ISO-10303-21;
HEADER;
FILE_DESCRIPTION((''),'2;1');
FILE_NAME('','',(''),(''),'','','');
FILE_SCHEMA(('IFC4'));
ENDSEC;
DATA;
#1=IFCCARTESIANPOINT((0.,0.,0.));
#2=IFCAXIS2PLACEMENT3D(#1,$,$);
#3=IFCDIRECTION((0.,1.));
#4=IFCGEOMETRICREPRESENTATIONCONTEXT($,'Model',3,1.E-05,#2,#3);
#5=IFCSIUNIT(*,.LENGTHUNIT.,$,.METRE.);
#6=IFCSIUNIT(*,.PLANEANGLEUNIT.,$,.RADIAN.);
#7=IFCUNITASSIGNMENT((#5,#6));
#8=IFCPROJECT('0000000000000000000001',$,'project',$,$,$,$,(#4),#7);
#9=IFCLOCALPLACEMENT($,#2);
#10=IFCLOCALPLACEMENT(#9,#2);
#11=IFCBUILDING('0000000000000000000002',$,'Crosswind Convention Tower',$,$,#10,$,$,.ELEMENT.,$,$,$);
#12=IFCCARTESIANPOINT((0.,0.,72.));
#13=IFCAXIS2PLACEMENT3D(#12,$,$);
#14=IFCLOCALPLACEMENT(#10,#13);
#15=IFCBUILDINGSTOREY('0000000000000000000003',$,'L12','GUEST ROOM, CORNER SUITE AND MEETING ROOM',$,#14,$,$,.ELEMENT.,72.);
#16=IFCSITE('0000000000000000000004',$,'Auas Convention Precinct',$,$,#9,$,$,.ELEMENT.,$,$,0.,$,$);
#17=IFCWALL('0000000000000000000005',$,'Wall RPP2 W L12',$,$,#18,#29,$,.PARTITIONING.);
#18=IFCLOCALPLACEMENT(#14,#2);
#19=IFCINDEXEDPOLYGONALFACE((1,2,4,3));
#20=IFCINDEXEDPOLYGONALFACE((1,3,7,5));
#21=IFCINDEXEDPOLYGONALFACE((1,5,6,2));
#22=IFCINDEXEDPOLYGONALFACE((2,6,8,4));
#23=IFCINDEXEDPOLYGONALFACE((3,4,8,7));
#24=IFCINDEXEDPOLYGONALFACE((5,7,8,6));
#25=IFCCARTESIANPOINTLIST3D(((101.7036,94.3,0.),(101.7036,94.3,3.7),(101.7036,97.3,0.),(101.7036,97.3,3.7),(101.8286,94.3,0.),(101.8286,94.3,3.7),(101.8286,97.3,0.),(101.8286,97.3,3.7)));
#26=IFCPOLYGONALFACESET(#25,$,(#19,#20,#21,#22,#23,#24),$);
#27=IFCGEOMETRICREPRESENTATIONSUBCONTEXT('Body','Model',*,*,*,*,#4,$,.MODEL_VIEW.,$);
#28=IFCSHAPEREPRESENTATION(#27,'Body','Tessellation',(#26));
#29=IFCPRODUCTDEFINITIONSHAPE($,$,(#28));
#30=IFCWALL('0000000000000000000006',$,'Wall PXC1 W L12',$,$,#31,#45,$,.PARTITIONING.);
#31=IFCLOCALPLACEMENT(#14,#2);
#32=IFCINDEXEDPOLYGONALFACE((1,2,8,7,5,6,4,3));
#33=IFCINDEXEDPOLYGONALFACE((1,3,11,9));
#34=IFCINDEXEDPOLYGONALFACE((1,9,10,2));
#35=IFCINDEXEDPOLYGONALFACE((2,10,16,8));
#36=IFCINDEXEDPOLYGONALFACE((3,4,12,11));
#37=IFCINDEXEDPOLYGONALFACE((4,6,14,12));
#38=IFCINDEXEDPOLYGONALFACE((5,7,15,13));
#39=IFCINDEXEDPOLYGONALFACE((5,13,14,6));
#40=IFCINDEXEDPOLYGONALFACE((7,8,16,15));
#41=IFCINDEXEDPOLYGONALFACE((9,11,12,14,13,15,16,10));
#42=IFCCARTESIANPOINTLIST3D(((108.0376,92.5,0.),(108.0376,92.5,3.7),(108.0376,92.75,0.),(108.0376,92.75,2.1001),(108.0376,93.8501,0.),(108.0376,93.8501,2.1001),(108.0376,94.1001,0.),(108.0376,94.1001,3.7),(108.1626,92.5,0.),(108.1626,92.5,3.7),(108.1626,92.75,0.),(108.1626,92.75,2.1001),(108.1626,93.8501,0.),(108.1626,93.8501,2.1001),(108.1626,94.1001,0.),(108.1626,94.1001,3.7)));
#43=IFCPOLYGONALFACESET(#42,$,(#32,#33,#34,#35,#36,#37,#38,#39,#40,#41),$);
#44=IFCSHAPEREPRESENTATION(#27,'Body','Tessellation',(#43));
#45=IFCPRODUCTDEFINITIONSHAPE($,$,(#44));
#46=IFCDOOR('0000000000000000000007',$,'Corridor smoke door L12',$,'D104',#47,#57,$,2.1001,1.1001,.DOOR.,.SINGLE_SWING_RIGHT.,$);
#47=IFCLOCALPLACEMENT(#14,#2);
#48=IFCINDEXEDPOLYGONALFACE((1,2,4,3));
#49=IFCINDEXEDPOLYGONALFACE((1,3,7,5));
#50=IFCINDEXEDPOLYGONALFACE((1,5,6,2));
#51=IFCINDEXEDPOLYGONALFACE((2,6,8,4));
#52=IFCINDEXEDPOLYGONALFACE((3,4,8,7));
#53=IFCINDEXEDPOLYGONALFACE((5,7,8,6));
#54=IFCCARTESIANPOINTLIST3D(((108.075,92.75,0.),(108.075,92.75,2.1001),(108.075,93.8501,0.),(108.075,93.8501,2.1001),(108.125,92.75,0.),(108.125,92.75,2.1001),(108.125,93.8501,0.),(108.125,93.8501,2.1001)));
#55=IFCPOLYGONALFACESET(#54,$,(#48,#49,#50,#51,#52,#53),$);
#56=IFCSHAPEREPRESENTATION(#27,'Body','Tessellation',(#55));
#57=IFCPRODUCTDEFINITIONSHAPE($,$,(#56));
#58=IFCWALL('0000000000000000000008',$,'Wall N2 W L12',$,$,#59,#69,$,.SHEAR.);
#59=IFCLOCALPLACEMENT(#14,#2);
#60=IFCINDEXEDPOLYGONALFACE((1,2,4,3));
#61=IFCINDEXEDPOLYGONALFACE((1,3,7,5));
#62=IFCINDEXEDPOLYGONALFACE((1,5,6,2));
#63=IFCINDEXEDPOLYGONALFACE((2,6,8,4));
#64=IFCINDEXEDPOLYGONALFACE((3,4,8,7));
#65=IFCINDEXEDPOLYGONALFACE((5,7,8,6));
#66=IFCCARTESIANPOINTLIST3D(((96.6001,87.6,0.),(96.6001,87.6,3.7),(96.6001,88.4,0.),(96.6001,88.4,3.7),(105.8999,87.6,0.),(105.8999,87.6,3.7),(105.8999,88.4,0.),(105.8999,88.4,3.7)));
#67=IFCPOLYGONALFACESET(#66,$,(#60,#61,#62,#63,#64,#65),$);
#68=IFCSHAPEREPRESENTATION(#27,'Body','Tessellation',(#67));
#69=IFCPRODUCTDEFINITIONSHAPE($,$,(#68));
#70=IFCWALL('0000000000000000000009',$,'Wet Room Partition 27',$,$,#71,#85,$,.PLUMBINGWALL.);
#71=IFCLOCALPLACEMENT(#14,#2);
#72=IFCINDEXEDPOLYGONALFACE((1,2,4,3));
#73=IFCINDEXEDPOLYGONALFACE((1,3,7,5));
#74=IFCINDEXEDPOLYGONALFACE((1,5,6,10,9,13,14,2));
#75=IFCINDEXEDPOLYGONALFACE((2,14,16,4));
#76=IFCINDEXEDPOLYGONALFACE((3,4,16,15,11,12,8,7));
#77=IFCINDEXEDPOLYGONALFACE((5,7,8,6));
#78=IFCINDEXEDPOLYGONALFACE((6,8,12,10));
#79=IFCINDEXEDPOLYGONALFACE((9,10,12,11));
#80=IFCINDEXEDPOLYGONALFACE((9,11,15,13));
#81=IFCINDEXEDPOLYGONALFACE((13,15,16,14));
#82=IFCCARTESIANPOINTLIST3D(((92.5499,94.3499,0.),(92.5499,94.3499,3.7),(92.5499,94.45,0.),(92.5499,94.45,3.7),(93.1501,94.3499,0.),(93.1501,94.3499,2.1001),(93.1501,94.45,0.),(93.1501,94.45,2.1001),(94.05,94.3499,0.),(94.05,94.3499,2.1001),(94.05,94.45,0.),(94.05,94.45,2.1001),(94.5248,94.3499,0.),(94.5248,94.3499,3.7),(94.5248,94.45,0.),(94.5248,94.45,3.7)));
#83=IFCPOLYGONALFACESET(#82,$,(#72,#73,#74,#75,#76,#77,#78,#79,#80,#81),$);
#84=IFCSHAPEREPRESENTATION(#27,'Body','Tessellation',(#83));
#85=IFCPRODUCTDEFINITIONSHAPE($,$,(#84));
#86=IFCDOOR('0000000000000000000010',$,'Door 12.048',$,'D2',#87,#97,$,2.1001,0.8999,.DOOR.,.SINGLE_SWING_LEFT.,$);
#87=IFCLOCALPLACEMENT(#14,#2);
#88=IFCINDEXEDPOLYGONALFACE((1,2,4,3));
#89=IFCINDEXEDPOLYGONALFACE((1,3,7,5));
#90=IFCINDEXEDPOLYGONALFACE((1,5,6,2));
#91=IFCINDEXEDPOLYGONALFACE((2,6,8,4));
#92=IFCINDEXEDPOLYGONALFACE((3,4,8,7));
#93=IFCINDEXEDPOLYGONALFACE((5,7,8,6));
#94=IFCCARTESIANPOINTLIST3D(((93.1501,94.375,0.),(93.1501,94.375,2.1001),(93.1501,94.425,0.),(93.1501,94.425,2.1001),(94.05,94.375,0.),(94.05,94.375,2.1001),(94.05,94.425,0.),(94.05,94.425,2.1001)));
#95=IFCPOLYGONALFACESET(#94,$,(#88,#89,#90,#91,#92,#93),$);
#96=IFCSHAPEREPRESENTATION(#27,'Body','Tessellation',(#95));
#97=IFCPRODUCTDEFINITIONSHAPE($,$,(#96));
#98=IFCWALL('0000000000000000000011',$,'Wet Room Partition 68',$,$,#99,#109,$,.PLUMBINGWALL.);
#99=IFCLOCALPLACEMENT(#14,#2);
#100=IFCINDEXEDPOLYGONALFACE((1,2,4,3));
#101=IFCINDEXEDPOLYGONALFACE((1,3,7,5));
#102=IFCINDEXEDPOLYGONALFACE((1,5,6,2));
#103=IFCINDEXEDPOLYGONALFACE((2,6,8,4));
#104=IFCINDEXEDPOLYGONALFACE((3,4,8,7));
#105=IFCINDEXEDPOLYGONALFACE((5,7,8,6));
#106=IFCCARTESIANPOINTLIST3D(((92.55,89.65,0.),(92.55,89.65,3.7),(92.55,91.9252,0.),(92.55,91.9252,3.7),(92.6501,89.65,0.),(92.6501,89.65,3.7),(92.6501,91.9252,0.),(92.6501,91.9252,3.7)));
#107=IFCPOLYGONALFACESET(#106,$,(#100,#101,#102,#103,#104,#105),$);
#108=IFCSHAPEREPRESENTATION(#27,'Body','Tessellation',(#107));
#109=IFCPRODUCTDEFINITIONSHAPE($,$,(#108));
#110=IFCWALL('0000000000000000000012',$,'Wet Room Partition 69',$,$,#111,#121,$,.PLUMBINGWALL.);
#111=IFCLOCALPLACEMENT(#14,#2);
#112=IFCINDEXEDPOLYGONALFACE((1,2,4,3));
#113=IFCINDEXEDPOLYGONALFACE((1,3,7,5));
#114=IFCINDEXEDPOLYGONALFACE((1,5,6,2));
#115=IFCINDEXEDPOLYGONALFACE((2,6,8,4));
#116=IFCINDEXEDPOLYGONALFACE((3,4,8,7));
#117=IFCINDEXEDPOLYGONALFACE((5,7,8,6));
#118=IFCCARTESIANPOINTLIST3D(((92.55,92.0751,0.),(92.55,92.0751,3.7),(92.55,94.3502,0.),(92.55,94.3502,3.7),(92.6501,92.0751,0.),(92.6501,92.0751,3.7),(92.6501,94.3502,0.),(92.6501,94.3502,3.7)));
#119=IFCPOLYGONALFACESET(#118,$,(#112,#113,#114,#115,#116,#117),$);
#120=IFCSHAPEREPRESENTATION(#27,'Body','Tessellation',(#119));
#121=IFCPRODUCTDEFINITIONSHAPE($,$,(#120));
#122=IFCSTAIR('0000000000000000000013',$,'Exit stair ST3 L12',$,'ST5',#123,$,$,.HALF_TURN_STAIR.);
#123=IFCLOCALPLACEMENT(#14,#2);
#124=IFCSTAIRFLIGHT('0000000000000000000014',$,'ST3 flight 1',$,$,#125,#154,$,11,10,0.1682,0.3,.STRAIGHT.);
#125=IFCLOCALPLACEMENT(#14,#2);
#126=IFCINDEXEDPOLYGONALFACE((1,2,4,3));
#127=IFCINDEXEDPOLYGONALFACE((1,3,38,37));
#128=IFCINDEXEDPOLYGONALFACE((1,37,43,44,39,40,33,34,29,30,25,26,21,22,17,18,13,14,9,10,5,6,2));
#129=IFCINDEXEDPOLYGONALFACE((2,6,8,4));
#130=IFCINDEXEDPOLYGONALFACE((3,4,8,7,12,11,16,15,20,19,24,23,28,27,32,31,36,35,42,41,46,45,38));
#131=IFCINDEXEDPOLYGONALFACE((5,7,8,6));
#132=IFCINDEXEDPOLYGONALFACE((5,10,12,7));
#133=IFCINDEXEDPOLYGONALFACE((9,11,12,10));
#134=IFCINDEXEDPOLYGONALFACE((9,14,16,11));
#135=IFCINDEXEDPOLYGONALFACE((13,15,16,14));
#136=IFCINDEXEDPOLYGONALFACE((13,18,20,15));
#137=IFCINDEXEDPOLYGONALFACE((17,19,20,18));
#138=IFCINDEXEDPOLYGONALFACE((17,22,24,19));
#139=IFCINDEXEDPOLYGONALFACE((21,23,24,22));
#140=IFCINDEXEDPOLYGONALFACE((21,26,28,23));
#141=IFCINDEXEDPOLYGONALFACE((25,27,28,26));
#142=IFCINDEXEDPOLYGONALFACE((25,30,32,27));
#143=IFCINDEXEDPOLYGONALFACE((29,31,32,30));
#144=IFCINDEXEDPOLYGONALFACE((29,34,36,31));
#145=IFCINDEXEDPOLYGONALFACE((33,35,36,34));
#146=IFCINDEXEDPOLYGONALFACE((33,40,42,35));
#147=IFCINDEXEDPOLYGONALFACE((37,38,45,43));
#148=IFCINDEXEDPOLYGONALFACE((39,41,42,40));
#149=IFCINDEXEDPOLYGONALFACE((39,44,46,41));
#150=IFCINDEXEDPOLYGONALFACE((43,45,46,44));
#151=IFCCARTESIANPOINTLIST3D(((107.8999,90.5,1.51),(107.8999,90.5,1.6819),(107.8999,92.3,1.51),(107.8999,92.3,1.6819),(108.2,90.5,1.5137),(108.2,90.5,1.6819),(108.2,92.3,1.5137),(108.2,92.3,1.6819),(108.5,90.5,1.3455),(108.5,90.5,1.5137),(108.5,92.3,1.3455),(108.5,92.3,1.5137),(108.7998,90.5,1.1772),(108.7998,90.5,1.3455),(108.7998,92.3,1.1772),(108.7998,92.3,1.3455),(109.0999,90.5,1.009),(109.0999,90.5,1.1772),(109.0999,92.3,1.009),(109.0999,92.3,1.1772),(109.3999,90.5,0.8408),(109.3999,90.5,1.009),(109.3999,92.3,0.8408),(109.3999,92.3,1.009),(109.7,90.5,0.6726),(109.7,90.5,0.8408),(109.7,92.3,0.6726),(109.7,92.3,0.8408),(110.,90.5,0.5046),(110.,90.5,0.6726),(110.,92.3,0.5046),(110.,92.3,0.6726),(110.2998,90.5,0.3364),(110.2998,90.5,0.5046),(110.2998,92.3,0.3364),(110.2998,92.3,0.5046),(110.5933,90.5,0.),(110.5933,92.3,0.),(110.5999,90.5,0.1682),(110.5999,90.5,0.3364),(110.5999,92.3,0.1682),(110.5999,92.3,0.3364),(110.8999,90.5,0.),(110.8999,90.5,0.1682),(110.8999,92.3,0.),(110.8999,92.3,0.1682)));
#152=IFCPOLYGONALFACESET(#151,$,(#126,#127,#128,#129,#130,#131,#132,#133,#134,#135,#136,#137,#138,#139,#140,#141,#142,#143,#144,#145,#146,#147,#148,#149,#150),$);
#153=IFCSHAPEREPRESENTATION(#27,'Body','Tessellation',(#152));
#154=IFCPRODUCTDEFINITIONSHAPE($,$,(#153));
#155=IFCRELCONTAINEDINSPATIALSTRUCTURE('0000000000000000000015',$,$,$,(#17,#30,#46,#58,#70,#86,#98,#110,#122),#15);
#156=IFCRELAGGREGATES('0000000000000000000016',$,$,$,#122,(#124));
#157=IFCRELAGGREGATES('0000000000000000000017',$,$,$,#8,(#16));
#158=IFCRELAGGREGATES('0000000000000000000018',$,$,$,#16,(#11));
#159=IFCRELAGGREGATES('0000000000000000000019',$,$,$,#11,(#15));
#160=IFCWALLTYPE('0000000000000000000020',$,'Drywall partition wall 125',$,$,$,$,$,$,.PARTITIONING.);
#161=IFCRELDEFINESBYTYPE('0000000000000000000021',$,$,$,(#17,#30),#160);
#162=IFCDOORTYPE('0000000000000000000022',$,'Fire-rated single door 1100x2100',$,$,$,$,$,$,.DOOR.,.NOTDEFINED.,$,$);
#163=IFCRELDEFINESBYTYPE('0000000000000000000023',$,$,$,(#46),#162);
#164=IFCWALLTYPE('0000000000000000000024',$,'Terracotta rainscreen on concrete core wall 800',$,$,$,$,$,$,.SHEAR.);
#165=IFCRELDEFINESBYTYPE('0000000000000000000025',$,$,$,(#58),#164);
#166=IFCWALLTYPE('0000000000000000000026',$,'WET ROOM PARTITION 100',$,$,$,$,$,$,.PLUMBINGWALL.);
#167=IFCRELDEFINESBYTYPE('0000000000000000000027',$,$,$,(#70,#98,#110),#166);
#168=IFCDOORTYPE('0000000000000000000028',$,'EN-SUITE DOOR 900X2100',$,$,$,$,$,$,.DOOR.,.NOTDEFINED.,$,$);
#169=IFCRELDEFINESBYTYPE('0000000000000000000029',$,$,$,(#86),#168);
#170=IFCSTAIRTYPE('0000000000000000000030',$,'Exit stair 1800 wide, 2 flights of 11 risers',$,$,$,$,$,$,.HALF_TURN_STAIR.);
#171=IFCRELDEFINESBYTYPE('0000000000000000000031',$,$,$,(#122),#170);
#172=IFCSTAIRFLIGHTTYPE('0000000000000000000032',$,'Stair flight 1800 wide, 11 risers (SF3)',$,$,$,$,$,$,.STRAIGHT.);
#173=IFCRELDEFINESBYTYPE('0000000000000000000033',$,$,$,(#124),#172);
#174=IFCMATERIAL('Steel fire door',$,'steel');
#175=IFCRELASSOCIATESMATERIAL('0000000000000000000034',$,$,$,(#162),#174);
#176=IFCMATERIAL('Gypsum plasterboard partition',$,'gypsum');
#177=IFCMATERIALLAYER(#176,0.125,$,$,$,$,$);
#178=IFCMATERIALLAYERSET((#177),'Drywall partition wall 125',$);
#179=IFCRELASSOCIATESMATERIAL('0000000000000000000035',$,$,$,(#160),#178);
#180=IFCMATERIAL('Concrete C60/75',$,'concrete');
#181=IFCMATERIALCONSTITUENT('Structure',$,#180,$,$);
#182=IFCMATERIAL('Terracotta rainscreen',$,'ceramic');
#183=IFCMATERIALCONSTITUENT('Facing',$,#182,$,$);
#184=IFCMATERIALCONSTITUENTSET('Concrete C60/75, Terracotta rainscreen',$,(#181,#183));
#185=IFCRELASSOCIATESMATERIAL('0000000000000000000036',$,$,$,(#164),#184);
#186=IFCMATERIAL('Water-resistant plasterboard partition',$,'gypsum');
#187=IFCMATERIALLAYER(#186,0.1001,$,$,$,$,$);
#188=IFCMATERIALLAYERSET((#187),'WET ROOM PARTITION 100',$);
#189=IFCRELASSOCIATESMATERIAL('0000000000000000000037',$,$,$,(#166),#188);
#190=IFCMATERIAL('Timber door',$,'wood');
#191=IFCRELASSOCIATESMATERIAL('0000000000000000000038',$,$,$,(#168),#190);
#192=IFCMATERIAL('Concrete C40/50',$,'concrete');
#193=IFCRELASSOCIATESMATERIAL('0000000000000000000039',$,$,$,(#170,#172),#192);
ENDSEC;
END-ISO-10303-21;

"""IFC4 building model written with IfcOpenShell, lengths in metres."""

from ifc_helpers import new_model, si_unit, direction, frame, frame_2d, origin, place, context, subcontext, project, spatial, polyline, rectangle, outline, extrude, material, layer, layer_set, constituent, constituent_set, type_object, element, fill, aggregate, save


model = new_model("IFC4")

# Units and contexts
model_context = context("Model", 3, precision=1e-05, world=origin(), true_north=direction((0.0, 1.0)))
body_context = subcontext(model_context, "Body", "Model", "MODEL_VIEW")
ifc_project = project(units=[si_unit("LENGTHUNIT", "METRE"), si_unit("PLANEANGLEUNIT", "RADIAN")], contexts=[model_context])

# Site, building, storey
site_placement = place(None, origin())
site = spatial("IfcSite", under=ifc_project, at=site_placement, Name="Auas Convention Precinct", CompositionType="ELEMENT", RefElevation=0.0)
building_placement = place(site_placement, origin())
building = spatial("IfcBuilding", under=site, at=building_placement, Name="Crosswind Convention Tower", CompositionType="ELEMENT")
storey_placement = place(building_placement, frame((0.0, 0.0, 72.0)))
storey = spatial("IfcBuildingStorey", under=building, at=storey_placement, Name="L12", Description="GUEST ROOM, CORNER SUITE AND MEETING ROOM", CompositionType="ELEMENT", Elevation=72.0)

# Shared definitions
ifc_material_1 = material(Name="Steel fire door", Category="steel")
door_type_1 = type_object("IfcDoorType", Name="Fire-rated single door 1100x2100", OperationType="NOTDEFINED", PredefinedType="DOOR", material=ifc_material_1)
ifc_material_2 = material(Name="Timber door", Category="wood")

# Wall
ifc_material_3 = material(Name="Gypsum plasterboard partition", Category="gypsum")
ifc_layer_1 = layer(ifc_material_3, 0.125)
ifc_layer_set_1 = layer_set([ifc_layer_1], Name="Drywall partition wall 125")
wall_type_1 = type_object("IfcWallType", Name="Drywall partition wall 125", PredefinedType="PARTITIONING", material=ifc_layer_set_1)
for number, where, z_axis, x_axis, name in (
    (1, (101.7661, 97.3, 0.0), (0.0, 0.0, 1.0), (0.0, -1.0, 0.0), "Wall RPP2 W L12"),
):
    element("IfcWall", number, at=place(storey_placement, frame(where, z_axis=z_axis, x_axis=x_axis)), inside=storey, type_object=wall_type_1, Name=name, PredefinedType="PARTITIONING", context=body_context, shape_type="SweptSolid", body=[
        extrude(rectangle(XDim=3.0, YDim=0.125, at=frame_2d((1.5, 0.0))), origin(), (0.0, 0.0, 1.0), 3.7),
    ])

# Wall, opening, door
wall_1_placement = place(storey_placement, frame((108.1001, 94.1001, 0.0), z_axis=(0.0, 0.0, 1.0), x_axis=(0.0, -1.0, 0.0)))
wall_1 = element("IfcWall", 2, at=wall_1_placement, inside=storey, type_object=wall_type_1, Name="Wall PXC1 W L12", PredefinedType="PARTITIONING", context=body_context, shape_type="SweptSolid", body=[
    extrude(rectangle(XDim=1.6001, YDim=0.125, at=frame_2d((0.8, 0.0))), origin(), (0.0, 0.0, 1.0), 3.7),
])
opening_1_placement = place(wall_1_placement, frame((0.25, 0.0, 0.0)))
opening_1 = element("IfcOpeningElement", 3, at=opening_1_placement, cuts=wall_1, PredefinedType="OPENING", context=body_context, shape_type="SweptSolid", body=[
    extrude(rectangle(XDim=1.1001, YDim=2.1001, at=frame_2d((0.55, 1.05))), frame((0.0, 0.0725, 0.0), z_axis=(0.0, -1.0, 0.0), x_axis=(1.0, 0.0, 0.0)), (0.0, 0.0, 1.0), 0.145),
])
door_1_placement = place(opening_1_placement, origin())
door_1 = element("IfcDoor", 4, at=door_1_placement, inside=storey, type_object=door_type_1, Name="Corridor smoke door L12", ObjectType="D104", OperationType="SINGLE_SWING_RIGHT", OverallHeight=2.1001, OverallWidth=1.1001, PredefinedType="DOOR", context=body_context, shape_type="SweptSolid", body=[
    extrude(rectangle(XDim=1.1001, YDim=2.1001, at=frame_2d((0.55, 1.05))), frame((0.0, 0.0249, 0.0), z_axis=(0.0, -1.0, 0.0), x_axis=(1.0, 0.0, 0.0)), (0.0, 0.0, 1.0), 0.05),
])
fill(opening_1, door_1)
ifc_material_4 = material(Name="Terracotta rainscreen", Category="ceramic")

# Wall
ifc_material_5 = material(Name="Concrete C60/75", Category="concrete")
ifc_constituent_1 = constituent(ifc_material_5, Name="Structure")
ifc_constituent_2 = constituent(ifc_material_4, Name="Facing")
ifc_constituent_set = constituent_set(constituents=[ifc_constituent_1, ifc_constituent_2], Name="Concrete C60/75, Terracotta rainscreen")
wall_type_2 = type_object("IfcWallType", Name="Terracotta rainscreen on concrete core wall 800", PredefinedType="SHEAR", material=ifc_constituent_set)
wall_2_placement = place(storey_placement, frame((105.8999, 88.0, 0.0), z_axis=(0.0, 0.0, 1.0), x_axis=(-1.0, 0.0, 0.0)))
element("IfcWall", 5, at=wall_2_placement, inside=storey, type_object=wall_type_2, Name="Wall N2 W L12", PredefinedType="SHEAR", context=body_context, shape_type="SweptSolid", body=[
    extrude(rectangle(XDim=9.2998, YDim=0.8, at=frame_2d((4.6499, 0.0))), origin(), (0.0, 0.0, 1.0), 3.7),
])

# Wall, opening, door
ifc_material_6 = material(Name="Water-resistant plasterboard partition", Category="gypsum")
ifc_layer_2 = layer(ifc_material_6, 0.1001)
ifc_layer_set_2 = layer_set([ifc_layer_2], Name="WET ROOM PARTITION 100")
wall_type_3 = type_object("IfcWallType", Name="WET ROOM PARTITION 100", PredefinedType="PLUMBINGWALL", material=ifc_layer_set_2)
wall_3_placement = place(storey_placement, frame((92.55, 94.3999, 0.0), z_axis=(0.0, 0.0, 1.0), x_axis=(1.0, 0.0, 0.0)))
wall_3 = element("IfcWall", 6, at=wall_3_placement, inside=storey, type_object=wall_type_3, Name="Wet Room Partition 27", PredefinedType="PLUMBINGWALL", context=body_context, shape_type="SweptSolid", body=[
    extrude(rectangle(XDim=1.9749, YDim=0.1001, at=frame_2d((0.9873, 0.0))), origin(), (0.0, 0.0, 1.0), 3.7),
])
opening_2_placement = place(wall_3_placement, frame((0.6001, 0.0, 0.0)))
opening_2 = element("IfcOpeningElement", 7, at=opening_2_placement, cuts=wall_3, PredefinedType="OPENING", context=body_context, shape_type="SweptSolid", body=[
    extrude(rectangle(XDim=0.8999, YDim=2.1001, at=frame_2d((0.45, 1.05))), frame((0.0, 0.0601, 0.0), z_axis=(0.0, -1.0, 0.0), x_axis=(1.0, 0.0, 0.0)), (0.0, 0.0, 1.0), 0.1201),
])
door_type_2 = type_object("IfcDoorType", Name="EN-SUITE DOOR 900X2100", OperationType="NOTDEFINED", PredefinedType="DOOR", material=ifc_material_2)
door_2_placement = place(opening_2_placement, frame((0.8999, 0.0, 0.0), z_axis=(0.0, 0.0, 1.0), x_axis=(-1.0, 0.0, 0.0)))
door_2 = element("IfcDoor", 8, at=door_2_placement, inside=storey, type_object=door_type_2, Name="Door 12.048", ObjectType="D2", OperationType="SINGLE_SWING_LEFT", OverallHeight=2.1001, OverallWidth=0.8999, PredefinedType="DOOR", context=body_context, shape_type="SweptSolid", body=[
    extrude(rectangle(XDim=0.8999, YDim=2.1001, at=frame_2d((0.45, 1.05))), frame((0.0, 0.0249, 0.0), z_axis=(0.0, -1.0, 0.0), x_axis=(1.0, 0.0, 0.0)), (0.0, 0.0, 1.0), 0.05),
])
fill(opening_2, door_2)

# Walls
for number, where, z_axis, x_axis, name in (
    (9, (92.6001, 89.6499, 0.0), (0.0, 0.0, 1.0), (0.0, 1.0, 0.0), "Wet Room Partition 68"),
    (10, (92.6001, 92.075, 0.0), (0.0, 0.0, 1.0), (0.0, 1.0, 0.0), "Wet Room Partition 69"),
):
    element("IfcWall", number, at=place(storey_placement, frame(where, z_axis=z_axis, x_axis=x_axis)), inside=storey, type_object=wall_type_3, Name=name, PredefinedType="PLUMBINGWALL", context=body_context, shape_type="SweptSolid", body=[
        extrude(rectangle(XDim=2.2751, YDim=0.1001, at=frame_2d((1.1377, 0.0))), origin(), (0.0, 0.0, 1.0), 3.7),
    ])

# Stair, stair flight
ifc_material_7 = material(Name="Concrete C40/50", Category="concrete")
stair_type = type_object("IfcStairType", Name="Exit stair 1800 wide, 2 flights of 11 risers", PredefinedType="HALF_TURN_STAIR", material=ifc_material_7)
stair_placement = place(storey_placement, origin())
stair = element("IfcStair", 11, at=stair_placement, inside=storey, type_object=stair_type, Name="Exit stair ST3 L12", ObjectType="ST5", PredefinedType="HALF_TURN_STAIR")
stair_flight_type = type_object("IfcStairFlightType", Name="Stair flight 1800 wide, 11 risers (SF3)", PredefinedType="STRAIGHT", material=ifc_material_7)
stair_flight_1_placement = place(storey_placement, frame((110.8999, 91.3999, 0.0), z_axis=(0.0, 0.0, 1.0), x_axis=(-1.0, 0.0, 0.0)))
stair_flight_1 = element("IfcStairFlight", 12, at=stair_flight_1_placement, type_object=stair_flight_type, Name="ST3 flight 1", NumberOfRisers=11, NumberOfTreads=10, PredefinedType="STRAIGHT", RiserHeight=0.1682, TreadLength=0.3, context=body_context, shape_type="SweptSolid", body=[
    extrude(outline(polyline([(0.0, 0.0), (0.0, 0.1682), (0.3, 0.1682), (0.3, 0.3364), (0.6001, 0.3364), (0.6001, 0.5046), (0.8999, 0.5046), (0.8999, 0.6726), (1.2, 0.6726), (1.2, 0.8408), (1.5, 0.8408), (1.5, 1.009), (1.8, 1.009), (1.8, 1.1772), (2.1001, 1.1772), (2.1001, 1.3455), (2.3999, 1.3455), (2.3999, 1.5137), (2.7, 1.5137), (2.7, 1.6819), (3.0, 1.6819), (3.0, 1.8501), (3.0, 1.51), (0.3066, 0.0), (0.0, 0.0)])), frame((0.0, 0.8999, 0.0), z_axis=(0.0, -1.0, 0.0), x_axis=(1.0, 0.0, 0.0)), (0.0, 0.0, 1.0), 1.8),
])
aggregate(stair, [stair_flight_1])

save(model, "model.ifc")
